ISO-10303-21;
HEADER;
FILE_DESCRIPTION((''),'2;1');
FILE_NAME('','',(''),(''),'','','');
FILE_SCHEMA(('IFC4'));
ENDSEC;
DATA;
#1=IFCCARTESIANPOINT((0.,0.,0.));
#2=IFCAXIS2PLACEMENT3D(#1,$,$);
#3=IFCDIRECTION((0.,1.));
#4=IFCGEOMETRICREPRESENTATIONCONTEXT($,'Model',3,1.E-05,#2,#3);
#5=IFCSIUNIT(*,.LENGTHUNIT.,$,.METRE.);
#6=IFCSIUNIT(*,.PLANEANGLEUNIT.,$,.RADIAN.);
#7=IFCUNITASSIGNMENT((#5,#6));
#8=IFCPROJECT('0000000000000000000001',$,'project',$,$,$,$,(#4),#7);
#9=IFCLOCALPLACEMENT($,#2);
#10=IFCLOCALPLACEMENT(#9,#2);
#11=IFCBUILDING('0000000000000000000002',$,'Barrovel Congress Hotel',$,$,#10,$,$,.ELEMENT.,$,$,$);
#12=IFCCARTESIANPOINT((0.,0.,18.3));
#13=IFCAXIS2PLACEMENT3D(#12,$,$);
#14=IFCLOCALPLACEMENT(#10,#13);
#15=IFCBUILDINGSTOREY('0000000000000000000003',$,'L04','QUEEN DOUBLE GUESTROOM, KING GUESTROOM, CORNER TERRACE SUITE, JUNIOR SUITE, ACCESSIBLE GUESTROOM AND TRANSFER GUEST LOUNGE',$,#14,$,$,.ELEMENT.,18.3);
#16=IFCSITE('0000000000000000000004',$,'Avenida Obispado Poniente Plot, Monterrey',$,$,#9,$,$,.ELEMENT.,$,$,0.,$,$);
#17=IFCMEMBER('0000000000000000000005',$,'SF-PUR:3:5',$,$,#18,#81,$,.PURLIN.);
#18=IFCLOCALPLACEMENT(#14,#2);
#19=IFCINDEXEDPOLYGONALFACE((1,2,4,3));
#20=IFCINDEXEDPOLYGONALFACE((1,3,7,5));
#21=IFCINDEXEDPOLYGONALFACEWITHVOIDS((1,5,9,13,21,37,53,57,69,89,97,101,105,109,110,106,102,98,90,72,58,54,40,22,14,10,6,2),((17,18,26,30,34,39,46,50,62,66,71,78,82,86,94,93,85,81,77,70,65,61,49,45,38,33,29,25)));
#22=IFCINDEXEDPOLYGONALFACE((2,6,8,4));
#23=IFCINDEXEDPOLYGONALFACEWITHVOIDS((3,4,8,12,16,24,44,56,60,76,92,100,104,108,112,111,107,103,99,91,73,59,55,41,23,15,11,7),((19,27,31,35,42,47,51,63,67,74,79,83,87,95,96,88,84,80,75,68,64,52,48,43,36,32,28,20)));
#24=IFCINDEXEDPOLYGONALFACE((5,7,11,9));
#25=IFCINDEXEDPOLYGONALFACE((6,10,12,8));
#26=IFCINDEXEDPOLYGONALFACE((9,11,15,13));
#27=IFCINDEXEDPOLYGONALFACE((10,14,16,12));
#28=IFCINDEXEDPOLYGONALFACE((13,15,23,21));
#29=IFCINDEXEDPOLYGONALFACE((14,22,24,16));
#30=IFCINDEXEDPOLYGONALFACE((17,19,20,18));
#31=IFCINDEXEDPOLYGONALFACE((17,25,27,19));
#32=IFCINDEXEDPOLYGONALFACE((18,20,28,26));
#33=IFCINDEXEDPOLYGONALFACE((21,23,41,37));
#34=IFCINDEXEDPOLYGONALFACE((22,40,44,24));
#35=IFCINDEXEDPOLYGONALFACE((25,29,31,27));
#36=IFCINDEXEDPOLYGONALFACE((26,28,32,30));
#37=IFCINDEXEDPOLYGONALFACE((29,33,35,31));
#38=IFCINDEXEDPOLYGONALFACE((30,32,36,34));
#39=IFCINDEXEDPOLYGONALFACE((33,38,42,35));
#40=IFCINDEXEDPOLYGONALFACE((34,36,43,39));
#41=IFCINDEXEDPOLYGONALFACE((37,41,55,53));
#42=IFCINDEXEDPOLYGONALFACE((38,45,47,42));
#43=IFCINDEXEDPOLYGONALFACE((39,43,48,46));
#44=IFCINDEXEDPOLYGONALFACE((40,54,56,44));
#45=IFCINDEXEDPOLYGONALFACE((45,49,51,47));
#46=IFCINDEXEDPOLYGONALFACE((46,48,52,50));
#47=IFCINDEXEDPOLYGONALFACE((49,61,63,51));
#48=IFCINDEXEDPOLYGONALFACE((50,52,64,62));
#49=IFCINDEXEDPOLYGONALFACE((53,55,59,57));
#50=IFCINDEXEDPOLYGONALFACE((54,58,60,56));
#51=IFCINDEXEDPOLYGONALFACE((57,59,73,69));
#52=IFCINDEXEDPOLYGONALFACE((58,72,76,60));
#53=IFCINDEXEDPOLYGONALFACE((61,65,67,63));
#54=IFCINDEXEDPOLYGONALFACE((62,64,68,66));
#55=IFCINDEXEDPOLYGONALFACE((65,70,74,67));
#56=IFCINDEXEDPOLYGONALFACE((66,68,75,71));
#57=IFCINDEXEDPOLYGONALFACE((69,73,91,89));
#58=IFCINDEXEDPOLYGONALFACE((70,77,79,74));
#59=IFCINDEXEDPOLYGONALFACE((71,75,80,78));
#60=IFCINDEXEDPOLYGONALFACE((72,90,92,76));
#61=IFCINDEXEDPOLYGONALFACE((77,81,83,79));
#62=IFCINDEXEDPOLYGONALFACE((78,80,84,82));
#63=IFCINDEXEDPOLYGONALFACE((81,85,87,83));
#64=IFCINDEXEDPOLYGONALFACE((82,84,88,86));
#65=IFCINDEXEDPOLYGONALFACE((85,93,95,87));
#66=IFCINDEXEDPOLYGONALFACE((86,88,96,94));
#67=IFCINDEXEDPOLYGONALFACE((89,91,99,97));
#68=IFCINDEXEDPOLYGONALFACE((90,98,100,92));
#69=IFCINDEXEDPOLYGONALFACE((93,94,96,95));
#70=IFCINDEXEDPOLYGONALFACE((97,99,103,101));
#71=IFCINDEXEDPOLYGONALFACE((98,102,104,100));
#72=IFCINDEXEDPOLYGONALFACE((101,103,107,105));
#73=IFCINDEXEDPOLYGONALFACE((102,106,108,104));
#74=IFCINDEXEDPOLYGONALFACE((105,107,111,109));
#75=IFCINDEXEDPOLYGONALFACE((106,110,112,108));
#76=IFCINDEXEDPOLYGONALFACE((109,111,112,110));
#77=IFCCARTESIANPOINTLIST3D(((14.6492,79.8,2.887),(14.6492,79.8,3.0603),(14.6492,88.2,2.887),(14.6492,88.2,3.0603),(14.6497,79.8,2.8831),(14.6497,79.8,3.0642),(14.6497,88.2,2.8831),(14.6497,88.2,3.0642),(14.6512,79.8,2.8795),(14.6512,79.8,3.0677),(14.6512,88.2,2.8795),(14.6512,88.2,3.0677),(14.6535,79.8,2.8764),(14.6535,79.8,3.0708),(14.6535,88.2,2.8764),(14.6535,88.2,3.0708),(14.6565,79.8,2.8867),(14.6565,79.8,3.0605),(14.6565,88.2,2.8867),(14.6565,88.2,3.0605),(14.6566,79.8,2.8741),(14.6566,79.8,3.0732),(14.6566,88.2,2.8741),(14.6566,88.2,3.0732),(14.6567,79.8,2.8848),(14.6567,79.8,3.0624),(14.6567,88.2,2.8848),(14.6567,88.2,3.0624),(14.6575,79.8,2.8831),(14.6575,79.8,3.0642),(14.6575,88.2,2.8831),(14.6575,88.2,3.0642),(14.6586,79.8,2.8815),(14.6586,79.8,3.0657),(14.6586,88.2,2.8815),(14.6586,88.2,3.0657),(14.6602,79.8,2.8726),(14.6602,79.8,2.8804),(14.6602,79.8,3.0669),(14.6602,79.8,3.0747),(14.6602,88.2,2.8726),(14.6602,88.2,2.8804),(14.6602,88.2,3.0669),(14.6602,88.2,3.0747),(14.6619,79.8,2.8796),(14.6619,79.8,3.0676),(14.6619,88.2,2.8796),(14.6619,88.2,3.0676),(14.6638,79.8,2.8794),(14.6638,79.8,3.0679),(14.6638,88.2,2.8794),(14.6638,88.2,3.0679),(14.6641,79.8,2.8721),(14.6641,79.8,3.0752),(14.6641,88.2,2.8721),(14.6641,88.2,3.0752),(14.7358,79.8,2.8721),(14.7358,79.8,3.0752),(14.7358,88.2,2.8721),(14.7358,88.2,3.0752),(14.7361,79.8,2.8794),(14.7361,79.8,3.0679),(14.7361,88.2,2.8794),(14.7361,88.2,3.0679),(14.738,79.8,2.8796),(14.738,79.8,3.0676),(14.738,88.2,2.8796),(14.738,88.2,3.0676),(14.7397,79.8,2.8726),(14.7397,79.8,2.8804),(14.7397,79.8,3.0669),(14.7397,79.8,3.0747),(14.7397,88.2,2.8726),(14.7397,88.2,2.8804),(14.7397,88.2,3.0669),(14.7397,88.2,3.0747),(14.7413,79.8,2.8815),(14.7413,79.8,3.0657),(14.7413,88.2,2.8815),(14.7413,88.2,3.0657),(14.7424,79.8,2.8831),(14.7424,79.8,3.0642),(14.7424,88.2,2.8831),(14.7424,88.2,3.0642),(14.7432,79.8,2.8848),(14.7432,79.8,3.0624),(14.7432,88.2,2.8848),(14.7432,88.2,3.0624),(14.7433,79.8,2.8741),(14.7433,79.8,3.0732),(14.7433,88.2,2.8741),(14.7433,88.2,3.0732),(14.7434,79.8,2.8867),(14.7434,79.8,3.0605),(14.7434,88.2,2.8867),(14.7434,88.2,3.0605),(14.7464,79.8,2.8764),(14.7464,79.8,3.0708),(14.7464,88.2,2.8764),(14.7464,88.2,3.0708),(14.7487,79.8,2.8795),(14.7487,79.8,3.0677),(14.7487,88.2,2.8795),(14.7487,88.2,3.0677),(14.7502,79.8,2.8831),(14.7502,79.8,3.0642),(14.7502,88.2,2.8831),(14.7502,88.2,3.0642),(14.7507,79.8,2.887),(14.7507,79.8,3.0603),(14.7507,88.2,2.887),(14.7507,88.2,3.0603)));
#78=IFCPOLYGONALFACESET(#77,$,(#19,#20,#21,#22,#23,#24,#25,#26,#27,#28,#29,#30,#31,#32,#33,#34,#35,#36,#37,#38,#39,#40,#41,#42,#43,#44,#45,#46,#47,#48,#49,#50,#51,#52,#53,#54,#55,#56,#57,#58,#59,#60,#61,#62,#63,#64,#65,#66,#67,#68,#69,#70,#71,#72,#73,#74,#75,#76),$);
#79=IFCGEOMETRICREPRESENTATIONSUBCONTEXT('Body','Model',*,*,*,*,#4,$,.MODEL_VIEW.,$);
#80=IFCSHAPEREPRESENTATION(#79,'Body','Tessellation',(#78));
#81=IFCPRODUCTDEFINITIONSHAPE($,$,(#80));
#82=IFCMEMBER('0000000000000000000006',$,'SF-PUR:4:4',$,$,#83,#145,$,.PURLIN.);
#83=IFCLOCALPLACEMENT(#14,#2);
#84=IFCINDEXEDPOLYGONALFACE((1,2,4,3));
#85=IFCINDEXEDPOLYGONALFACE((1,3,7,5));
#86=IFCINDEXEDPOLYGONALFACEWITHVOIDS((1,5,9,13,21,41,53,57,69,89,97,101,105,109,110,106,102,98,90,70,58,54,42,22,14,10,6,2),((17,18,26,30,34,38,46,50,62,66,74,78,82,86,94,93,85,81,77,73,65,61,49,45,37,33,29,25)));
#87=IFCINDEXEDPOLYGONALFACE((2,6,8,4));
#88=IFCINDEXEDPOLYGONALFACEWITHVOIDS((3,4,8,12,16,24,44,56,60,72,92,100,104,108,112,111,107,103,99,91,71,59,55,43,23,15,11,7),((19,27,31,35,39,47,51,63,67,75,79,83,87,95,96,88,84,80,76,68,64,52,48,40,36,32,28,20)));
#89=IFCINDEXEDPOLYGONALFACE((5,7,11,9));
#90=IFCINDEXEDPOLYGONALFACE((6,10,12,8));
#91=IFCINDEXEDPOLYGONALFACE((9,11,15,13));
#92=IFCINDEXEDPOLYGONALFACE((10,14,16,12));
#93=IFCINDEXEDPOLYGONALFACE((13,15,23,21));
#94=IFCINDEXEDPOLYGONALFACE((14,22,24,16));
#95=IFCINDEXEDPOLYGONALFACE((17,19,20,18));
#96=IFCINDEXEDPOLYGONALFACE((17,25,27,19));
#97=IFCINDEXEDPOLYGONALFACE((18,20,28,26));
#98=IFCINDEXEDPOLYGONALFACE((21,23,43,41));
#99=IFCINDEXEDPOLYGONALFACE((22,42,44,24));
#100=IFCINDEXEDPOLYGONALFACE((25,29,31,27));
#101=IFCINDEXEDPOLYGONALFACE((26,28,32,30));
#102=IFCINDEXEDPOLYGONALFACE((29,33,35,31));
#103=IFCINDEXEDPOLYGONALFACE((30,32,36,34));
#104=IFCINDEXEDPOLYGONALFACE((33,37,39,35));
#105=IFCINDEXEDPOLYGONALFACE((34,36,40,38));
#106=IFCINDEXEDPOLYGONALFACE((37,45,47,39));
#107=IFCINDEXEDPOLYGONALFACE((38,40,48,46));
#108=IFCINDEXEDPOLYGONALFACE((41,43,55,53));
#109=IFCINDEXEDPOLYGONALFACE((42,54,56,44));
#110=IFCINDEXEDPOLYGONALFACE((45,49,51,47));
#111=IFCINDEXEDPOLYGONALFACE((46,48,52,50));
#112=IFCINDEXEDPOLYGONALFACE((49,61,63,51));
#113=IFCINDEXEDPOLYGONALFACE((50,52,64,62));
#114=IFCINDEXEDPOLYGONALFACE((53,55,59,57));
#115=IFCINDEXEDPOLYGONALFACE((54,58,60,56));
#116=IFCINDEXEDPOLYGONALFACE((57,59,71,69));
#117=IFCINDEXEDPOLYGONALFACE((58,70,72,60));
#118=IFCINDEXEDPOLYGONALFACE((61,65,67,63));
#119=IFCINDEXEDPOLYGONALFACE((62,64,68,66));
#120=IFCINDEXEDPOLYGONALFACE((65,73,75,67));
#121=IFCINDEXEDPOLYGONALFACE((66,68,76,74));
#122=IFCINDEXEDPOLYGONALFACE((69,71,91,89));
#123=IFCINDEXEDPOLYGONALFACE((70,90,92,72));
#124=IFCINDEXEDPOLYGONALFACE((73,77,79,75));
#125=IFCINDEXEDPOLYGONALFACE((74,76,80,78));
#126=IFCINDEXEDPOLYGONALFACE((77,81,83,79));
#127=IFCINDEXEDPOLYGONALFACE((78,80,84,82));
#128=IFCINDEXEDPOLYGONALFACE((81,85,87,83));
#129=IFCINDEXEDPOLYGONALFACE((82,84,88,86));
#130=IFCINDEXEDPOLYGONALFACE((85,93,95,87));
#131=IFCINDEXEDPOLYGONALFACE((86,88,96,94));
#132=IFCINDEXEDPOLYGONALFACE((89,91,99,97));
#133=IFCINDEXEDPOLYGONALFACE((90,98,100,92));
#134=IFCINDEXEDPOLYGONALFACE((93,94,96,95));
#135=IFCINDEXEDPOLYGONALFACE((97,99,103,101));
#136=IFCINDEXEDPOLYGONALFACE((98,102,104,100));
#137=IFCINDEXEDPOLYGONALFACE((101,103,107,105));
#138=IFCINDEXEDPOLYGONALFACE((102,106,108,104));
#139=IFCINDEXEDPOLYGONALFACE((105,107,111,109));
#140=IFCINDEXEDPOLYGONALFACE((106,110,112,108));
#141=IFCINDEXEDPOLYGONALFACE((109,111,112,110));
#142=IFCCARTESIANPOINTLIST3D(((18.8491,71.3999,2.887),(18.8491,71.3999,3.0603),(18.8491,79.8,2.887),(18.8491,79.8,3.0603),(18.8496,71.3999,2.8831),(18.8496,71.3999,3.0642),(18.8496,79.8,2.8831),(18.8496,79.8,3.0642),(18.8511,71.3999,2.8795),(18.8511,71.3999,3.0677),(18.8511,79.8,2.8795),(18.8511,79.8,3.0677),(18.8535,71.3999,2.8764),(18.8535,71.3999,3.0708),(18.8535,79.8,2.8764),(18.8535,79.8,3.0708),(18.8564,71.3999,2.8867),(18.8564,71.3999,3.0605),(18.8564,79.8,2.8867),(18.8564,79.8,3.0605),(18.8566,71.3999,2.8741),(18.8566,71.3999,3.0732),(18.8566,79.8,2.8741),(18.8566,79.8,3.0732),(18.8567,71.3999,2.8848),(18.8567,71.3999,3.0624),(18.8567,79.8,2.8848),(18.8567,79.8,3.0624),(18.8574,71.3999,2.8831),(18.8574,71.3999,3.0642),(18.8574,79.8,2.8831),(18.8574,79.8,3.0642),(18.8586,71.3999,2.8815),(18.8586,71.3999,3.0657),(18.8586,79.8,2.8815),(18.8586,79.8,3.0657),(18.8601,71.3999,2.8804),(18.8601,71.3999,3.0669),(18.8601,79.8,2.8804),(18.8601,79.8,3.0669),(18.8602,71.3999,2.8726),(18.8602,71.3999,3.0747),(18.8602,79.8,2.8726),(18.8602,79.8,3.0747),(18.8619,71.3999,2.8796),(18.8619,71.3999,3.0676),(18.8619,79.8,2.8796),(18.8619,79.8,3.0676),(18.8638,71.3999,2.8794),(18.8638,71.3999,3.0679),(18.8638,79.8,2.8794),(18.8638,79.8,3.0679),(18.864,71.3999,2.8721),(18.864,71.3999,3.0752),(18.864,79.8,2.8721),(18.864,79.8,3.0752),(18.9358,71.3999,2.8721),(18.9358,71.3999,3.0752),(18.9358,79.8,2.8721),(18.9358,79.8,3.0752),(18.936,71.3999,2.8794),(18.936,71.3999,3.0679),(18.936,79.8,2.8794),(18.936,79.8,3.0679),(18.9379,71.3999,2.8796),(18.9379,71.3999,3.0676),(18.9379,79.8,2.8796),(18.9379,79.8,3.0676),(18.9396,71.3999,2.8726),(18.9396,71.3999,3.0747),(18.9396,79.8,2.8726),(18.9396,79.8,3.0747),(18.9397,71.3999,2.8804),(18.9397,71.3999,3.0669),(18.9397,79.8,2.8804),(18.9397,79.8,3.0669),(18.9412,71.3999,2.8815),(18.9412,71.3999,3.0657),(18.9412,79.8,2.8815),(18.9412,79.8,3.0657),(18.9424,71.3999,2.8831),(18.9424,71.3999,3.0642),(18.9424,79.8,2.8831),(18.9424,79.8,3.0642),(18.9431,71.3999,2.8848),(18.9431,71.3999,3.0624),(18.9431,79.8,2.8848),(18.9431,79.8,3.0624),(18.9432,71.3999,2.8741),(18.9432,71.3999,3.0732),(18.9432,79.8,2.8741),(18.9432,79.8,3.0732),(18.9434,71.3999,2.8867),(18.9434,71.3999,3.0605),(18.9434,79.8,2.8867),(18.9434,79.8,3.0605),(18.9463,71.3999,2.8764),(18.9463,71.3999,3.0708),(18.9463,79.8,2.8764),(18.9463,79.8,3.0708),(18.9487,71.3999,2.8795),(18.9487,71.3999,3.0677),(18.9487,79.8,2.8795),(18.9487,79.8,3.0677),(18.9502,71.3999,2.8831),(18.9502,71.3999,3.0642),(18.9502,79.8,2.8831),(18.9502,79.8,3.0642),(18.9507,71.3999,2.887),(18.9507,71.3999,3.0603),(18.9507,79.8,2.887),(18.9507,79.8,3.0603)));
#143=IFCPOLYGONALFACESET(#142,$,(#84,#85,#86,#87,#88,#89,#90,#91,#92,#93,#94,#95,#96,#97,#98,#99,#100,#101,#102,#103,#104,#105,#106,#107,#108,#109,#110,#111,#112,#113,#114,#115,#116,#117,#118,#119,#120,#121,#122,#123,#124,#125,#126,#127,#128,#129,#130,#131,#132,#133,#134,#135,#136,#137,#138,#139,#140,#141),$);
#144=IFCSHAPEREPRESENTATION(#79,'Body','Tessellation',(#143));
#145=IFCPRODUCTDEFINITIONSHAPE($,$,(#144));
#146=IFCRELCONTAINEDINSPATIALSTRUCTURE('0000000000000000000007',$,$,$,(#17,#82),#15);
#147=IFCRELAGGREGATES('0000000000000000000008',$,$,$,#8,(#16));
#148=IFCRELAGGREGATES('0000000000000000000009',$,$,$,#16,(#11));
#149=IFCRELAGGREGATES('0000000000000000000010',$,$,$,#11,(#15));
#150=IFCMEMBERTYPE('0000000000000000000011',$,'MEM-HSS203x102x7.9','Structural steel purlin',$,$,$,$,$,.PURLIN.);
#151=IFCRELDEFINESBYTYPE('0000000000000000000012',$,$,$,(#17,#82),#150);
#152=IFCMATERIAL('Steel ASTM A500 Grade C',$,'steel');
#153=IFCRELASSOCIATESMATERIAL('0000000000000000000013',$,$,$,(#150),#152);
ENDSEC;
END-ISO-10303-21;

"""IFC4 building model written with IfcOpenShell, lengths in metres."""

from ifc_helpers import new_model, si_unit, direction, frame, origin, origin_2d, place, context, subcontext, project, spatial, hollow_rectangle, extrude, material, material_profile, profile_set, type_object, element, save


model = new_model("IFC4")

# Units and contexts
model_context = context("Model", 3, precision=1e-05, world=origin(), true_north=direction((0.0, 1.0)))
body_context = subcontext(model_context, "Body", "Model", "MODEL_VIEW")
ifc_project = project(units=[si_unit("LENGTHUNIT", "METRE"), si_unit("PLANEANGLEUNIT", "RADIAN")], contexts=[model_context])

# Site, building, storey
site_placement = place(None, origin())
site = spatial("IfcSite", under=ifc_project, at=site_placement, Name="Avenida Obispado Poniente Plot, Monterrey", CompositionType="ELEMENT", RefElevation=0.0)
building_placement = place(site_placement, origin())
building = spatial("IfcBuilding", under=site, at=building_placement, Name="Barrovel Congress Hotel", CompositionType="ELEMENT")
storey_placement = place(building_placement, frame((0.0, 0.0, 18.3)))
storey = spatial("IfcBuildingStorey", under=building, at=storey_placement, Name="L04", Description="QUEEN DOUBLE GUESTROOM, KING GUESTROOM, CORNER TERRACE SUITE, JUNIOR SUITE, ACCESSIBLE GUESTROOM AND TRANSFER GUEST LOUNGE", CompositionType="ELEMENT", Elevation=18.3)

# Members
ifc_material_1 = material(Name="Steel ASTM A500 Grade C", Category="steel")
ifc_material_profile_1 = material_profile(ifc_material_1, hollow_rectangle(XDim=0.1016, YDim=0.2031, WallThickness=0.0073, InnerFilletRadius=0.0073, OuterFilletRadius=0.0149, at=origin_2d()), Name="HSS203x102x7.9")
ifc_profile_set_1 = profile_set([ifc_material_profile_1], Name="Steel ASTM A500 Grade C")
member_type_1 = type_object("IfcMemberType", Name="MEM-HSS203x102x7.9", Description="Structural steel purlin", PredefinedType="PURLIN", material=ifc_profile_set_1)
member_1_placement = place(storey_placement, frame((14.7, 79.8, 2.9736), z_axis=(0.0, 1.0, 0.0), x_axis=(-1.0, 0.0, 0.0)))
element("IfcMember", 1, at=member_1_placement, inside=storey, type_object=member_type_1, Name="SF-PUR:3:5", PredefinedType="PURLIN", context=body_context, shape_type="SweptSolid", body=[
    extrude(hollow_rectangle(XDim=0.1016, YDim=0.2031, WallThickness=0.0073, InnerFilletRadius=0.0073, OuterFilletRadius=0.0149, at=origin_2d()), origin(), (0.0, 0.0, 1.0), 8.3999),
])
member_2_placement = place(storey_placement, frame((18.8999, 71.3999, 2.9736), z_axis=(0.0, 1.0, 0.0), x_axis=(-1.0, 0.0, 0.0)))
element("IfcMember", 2, at=member_2_placement, inside=storey, type_object=member_type_1, Name="SF-PUR:4:4", PredefinedType="PURLIN", context=body_context, shape_type="SweptSolid", body=[
    extrude(hollow_rectangle(XDim=0.1016, YDim=0.2031, WallThickness=0.0073, InnerFilletRadius=0.0073, OuterFilletRadius=0.0149, at=origin_2d()), origin(), (0.0, 0.0, 1.0), 8.4001),
])

save(model, "model.ifc")
